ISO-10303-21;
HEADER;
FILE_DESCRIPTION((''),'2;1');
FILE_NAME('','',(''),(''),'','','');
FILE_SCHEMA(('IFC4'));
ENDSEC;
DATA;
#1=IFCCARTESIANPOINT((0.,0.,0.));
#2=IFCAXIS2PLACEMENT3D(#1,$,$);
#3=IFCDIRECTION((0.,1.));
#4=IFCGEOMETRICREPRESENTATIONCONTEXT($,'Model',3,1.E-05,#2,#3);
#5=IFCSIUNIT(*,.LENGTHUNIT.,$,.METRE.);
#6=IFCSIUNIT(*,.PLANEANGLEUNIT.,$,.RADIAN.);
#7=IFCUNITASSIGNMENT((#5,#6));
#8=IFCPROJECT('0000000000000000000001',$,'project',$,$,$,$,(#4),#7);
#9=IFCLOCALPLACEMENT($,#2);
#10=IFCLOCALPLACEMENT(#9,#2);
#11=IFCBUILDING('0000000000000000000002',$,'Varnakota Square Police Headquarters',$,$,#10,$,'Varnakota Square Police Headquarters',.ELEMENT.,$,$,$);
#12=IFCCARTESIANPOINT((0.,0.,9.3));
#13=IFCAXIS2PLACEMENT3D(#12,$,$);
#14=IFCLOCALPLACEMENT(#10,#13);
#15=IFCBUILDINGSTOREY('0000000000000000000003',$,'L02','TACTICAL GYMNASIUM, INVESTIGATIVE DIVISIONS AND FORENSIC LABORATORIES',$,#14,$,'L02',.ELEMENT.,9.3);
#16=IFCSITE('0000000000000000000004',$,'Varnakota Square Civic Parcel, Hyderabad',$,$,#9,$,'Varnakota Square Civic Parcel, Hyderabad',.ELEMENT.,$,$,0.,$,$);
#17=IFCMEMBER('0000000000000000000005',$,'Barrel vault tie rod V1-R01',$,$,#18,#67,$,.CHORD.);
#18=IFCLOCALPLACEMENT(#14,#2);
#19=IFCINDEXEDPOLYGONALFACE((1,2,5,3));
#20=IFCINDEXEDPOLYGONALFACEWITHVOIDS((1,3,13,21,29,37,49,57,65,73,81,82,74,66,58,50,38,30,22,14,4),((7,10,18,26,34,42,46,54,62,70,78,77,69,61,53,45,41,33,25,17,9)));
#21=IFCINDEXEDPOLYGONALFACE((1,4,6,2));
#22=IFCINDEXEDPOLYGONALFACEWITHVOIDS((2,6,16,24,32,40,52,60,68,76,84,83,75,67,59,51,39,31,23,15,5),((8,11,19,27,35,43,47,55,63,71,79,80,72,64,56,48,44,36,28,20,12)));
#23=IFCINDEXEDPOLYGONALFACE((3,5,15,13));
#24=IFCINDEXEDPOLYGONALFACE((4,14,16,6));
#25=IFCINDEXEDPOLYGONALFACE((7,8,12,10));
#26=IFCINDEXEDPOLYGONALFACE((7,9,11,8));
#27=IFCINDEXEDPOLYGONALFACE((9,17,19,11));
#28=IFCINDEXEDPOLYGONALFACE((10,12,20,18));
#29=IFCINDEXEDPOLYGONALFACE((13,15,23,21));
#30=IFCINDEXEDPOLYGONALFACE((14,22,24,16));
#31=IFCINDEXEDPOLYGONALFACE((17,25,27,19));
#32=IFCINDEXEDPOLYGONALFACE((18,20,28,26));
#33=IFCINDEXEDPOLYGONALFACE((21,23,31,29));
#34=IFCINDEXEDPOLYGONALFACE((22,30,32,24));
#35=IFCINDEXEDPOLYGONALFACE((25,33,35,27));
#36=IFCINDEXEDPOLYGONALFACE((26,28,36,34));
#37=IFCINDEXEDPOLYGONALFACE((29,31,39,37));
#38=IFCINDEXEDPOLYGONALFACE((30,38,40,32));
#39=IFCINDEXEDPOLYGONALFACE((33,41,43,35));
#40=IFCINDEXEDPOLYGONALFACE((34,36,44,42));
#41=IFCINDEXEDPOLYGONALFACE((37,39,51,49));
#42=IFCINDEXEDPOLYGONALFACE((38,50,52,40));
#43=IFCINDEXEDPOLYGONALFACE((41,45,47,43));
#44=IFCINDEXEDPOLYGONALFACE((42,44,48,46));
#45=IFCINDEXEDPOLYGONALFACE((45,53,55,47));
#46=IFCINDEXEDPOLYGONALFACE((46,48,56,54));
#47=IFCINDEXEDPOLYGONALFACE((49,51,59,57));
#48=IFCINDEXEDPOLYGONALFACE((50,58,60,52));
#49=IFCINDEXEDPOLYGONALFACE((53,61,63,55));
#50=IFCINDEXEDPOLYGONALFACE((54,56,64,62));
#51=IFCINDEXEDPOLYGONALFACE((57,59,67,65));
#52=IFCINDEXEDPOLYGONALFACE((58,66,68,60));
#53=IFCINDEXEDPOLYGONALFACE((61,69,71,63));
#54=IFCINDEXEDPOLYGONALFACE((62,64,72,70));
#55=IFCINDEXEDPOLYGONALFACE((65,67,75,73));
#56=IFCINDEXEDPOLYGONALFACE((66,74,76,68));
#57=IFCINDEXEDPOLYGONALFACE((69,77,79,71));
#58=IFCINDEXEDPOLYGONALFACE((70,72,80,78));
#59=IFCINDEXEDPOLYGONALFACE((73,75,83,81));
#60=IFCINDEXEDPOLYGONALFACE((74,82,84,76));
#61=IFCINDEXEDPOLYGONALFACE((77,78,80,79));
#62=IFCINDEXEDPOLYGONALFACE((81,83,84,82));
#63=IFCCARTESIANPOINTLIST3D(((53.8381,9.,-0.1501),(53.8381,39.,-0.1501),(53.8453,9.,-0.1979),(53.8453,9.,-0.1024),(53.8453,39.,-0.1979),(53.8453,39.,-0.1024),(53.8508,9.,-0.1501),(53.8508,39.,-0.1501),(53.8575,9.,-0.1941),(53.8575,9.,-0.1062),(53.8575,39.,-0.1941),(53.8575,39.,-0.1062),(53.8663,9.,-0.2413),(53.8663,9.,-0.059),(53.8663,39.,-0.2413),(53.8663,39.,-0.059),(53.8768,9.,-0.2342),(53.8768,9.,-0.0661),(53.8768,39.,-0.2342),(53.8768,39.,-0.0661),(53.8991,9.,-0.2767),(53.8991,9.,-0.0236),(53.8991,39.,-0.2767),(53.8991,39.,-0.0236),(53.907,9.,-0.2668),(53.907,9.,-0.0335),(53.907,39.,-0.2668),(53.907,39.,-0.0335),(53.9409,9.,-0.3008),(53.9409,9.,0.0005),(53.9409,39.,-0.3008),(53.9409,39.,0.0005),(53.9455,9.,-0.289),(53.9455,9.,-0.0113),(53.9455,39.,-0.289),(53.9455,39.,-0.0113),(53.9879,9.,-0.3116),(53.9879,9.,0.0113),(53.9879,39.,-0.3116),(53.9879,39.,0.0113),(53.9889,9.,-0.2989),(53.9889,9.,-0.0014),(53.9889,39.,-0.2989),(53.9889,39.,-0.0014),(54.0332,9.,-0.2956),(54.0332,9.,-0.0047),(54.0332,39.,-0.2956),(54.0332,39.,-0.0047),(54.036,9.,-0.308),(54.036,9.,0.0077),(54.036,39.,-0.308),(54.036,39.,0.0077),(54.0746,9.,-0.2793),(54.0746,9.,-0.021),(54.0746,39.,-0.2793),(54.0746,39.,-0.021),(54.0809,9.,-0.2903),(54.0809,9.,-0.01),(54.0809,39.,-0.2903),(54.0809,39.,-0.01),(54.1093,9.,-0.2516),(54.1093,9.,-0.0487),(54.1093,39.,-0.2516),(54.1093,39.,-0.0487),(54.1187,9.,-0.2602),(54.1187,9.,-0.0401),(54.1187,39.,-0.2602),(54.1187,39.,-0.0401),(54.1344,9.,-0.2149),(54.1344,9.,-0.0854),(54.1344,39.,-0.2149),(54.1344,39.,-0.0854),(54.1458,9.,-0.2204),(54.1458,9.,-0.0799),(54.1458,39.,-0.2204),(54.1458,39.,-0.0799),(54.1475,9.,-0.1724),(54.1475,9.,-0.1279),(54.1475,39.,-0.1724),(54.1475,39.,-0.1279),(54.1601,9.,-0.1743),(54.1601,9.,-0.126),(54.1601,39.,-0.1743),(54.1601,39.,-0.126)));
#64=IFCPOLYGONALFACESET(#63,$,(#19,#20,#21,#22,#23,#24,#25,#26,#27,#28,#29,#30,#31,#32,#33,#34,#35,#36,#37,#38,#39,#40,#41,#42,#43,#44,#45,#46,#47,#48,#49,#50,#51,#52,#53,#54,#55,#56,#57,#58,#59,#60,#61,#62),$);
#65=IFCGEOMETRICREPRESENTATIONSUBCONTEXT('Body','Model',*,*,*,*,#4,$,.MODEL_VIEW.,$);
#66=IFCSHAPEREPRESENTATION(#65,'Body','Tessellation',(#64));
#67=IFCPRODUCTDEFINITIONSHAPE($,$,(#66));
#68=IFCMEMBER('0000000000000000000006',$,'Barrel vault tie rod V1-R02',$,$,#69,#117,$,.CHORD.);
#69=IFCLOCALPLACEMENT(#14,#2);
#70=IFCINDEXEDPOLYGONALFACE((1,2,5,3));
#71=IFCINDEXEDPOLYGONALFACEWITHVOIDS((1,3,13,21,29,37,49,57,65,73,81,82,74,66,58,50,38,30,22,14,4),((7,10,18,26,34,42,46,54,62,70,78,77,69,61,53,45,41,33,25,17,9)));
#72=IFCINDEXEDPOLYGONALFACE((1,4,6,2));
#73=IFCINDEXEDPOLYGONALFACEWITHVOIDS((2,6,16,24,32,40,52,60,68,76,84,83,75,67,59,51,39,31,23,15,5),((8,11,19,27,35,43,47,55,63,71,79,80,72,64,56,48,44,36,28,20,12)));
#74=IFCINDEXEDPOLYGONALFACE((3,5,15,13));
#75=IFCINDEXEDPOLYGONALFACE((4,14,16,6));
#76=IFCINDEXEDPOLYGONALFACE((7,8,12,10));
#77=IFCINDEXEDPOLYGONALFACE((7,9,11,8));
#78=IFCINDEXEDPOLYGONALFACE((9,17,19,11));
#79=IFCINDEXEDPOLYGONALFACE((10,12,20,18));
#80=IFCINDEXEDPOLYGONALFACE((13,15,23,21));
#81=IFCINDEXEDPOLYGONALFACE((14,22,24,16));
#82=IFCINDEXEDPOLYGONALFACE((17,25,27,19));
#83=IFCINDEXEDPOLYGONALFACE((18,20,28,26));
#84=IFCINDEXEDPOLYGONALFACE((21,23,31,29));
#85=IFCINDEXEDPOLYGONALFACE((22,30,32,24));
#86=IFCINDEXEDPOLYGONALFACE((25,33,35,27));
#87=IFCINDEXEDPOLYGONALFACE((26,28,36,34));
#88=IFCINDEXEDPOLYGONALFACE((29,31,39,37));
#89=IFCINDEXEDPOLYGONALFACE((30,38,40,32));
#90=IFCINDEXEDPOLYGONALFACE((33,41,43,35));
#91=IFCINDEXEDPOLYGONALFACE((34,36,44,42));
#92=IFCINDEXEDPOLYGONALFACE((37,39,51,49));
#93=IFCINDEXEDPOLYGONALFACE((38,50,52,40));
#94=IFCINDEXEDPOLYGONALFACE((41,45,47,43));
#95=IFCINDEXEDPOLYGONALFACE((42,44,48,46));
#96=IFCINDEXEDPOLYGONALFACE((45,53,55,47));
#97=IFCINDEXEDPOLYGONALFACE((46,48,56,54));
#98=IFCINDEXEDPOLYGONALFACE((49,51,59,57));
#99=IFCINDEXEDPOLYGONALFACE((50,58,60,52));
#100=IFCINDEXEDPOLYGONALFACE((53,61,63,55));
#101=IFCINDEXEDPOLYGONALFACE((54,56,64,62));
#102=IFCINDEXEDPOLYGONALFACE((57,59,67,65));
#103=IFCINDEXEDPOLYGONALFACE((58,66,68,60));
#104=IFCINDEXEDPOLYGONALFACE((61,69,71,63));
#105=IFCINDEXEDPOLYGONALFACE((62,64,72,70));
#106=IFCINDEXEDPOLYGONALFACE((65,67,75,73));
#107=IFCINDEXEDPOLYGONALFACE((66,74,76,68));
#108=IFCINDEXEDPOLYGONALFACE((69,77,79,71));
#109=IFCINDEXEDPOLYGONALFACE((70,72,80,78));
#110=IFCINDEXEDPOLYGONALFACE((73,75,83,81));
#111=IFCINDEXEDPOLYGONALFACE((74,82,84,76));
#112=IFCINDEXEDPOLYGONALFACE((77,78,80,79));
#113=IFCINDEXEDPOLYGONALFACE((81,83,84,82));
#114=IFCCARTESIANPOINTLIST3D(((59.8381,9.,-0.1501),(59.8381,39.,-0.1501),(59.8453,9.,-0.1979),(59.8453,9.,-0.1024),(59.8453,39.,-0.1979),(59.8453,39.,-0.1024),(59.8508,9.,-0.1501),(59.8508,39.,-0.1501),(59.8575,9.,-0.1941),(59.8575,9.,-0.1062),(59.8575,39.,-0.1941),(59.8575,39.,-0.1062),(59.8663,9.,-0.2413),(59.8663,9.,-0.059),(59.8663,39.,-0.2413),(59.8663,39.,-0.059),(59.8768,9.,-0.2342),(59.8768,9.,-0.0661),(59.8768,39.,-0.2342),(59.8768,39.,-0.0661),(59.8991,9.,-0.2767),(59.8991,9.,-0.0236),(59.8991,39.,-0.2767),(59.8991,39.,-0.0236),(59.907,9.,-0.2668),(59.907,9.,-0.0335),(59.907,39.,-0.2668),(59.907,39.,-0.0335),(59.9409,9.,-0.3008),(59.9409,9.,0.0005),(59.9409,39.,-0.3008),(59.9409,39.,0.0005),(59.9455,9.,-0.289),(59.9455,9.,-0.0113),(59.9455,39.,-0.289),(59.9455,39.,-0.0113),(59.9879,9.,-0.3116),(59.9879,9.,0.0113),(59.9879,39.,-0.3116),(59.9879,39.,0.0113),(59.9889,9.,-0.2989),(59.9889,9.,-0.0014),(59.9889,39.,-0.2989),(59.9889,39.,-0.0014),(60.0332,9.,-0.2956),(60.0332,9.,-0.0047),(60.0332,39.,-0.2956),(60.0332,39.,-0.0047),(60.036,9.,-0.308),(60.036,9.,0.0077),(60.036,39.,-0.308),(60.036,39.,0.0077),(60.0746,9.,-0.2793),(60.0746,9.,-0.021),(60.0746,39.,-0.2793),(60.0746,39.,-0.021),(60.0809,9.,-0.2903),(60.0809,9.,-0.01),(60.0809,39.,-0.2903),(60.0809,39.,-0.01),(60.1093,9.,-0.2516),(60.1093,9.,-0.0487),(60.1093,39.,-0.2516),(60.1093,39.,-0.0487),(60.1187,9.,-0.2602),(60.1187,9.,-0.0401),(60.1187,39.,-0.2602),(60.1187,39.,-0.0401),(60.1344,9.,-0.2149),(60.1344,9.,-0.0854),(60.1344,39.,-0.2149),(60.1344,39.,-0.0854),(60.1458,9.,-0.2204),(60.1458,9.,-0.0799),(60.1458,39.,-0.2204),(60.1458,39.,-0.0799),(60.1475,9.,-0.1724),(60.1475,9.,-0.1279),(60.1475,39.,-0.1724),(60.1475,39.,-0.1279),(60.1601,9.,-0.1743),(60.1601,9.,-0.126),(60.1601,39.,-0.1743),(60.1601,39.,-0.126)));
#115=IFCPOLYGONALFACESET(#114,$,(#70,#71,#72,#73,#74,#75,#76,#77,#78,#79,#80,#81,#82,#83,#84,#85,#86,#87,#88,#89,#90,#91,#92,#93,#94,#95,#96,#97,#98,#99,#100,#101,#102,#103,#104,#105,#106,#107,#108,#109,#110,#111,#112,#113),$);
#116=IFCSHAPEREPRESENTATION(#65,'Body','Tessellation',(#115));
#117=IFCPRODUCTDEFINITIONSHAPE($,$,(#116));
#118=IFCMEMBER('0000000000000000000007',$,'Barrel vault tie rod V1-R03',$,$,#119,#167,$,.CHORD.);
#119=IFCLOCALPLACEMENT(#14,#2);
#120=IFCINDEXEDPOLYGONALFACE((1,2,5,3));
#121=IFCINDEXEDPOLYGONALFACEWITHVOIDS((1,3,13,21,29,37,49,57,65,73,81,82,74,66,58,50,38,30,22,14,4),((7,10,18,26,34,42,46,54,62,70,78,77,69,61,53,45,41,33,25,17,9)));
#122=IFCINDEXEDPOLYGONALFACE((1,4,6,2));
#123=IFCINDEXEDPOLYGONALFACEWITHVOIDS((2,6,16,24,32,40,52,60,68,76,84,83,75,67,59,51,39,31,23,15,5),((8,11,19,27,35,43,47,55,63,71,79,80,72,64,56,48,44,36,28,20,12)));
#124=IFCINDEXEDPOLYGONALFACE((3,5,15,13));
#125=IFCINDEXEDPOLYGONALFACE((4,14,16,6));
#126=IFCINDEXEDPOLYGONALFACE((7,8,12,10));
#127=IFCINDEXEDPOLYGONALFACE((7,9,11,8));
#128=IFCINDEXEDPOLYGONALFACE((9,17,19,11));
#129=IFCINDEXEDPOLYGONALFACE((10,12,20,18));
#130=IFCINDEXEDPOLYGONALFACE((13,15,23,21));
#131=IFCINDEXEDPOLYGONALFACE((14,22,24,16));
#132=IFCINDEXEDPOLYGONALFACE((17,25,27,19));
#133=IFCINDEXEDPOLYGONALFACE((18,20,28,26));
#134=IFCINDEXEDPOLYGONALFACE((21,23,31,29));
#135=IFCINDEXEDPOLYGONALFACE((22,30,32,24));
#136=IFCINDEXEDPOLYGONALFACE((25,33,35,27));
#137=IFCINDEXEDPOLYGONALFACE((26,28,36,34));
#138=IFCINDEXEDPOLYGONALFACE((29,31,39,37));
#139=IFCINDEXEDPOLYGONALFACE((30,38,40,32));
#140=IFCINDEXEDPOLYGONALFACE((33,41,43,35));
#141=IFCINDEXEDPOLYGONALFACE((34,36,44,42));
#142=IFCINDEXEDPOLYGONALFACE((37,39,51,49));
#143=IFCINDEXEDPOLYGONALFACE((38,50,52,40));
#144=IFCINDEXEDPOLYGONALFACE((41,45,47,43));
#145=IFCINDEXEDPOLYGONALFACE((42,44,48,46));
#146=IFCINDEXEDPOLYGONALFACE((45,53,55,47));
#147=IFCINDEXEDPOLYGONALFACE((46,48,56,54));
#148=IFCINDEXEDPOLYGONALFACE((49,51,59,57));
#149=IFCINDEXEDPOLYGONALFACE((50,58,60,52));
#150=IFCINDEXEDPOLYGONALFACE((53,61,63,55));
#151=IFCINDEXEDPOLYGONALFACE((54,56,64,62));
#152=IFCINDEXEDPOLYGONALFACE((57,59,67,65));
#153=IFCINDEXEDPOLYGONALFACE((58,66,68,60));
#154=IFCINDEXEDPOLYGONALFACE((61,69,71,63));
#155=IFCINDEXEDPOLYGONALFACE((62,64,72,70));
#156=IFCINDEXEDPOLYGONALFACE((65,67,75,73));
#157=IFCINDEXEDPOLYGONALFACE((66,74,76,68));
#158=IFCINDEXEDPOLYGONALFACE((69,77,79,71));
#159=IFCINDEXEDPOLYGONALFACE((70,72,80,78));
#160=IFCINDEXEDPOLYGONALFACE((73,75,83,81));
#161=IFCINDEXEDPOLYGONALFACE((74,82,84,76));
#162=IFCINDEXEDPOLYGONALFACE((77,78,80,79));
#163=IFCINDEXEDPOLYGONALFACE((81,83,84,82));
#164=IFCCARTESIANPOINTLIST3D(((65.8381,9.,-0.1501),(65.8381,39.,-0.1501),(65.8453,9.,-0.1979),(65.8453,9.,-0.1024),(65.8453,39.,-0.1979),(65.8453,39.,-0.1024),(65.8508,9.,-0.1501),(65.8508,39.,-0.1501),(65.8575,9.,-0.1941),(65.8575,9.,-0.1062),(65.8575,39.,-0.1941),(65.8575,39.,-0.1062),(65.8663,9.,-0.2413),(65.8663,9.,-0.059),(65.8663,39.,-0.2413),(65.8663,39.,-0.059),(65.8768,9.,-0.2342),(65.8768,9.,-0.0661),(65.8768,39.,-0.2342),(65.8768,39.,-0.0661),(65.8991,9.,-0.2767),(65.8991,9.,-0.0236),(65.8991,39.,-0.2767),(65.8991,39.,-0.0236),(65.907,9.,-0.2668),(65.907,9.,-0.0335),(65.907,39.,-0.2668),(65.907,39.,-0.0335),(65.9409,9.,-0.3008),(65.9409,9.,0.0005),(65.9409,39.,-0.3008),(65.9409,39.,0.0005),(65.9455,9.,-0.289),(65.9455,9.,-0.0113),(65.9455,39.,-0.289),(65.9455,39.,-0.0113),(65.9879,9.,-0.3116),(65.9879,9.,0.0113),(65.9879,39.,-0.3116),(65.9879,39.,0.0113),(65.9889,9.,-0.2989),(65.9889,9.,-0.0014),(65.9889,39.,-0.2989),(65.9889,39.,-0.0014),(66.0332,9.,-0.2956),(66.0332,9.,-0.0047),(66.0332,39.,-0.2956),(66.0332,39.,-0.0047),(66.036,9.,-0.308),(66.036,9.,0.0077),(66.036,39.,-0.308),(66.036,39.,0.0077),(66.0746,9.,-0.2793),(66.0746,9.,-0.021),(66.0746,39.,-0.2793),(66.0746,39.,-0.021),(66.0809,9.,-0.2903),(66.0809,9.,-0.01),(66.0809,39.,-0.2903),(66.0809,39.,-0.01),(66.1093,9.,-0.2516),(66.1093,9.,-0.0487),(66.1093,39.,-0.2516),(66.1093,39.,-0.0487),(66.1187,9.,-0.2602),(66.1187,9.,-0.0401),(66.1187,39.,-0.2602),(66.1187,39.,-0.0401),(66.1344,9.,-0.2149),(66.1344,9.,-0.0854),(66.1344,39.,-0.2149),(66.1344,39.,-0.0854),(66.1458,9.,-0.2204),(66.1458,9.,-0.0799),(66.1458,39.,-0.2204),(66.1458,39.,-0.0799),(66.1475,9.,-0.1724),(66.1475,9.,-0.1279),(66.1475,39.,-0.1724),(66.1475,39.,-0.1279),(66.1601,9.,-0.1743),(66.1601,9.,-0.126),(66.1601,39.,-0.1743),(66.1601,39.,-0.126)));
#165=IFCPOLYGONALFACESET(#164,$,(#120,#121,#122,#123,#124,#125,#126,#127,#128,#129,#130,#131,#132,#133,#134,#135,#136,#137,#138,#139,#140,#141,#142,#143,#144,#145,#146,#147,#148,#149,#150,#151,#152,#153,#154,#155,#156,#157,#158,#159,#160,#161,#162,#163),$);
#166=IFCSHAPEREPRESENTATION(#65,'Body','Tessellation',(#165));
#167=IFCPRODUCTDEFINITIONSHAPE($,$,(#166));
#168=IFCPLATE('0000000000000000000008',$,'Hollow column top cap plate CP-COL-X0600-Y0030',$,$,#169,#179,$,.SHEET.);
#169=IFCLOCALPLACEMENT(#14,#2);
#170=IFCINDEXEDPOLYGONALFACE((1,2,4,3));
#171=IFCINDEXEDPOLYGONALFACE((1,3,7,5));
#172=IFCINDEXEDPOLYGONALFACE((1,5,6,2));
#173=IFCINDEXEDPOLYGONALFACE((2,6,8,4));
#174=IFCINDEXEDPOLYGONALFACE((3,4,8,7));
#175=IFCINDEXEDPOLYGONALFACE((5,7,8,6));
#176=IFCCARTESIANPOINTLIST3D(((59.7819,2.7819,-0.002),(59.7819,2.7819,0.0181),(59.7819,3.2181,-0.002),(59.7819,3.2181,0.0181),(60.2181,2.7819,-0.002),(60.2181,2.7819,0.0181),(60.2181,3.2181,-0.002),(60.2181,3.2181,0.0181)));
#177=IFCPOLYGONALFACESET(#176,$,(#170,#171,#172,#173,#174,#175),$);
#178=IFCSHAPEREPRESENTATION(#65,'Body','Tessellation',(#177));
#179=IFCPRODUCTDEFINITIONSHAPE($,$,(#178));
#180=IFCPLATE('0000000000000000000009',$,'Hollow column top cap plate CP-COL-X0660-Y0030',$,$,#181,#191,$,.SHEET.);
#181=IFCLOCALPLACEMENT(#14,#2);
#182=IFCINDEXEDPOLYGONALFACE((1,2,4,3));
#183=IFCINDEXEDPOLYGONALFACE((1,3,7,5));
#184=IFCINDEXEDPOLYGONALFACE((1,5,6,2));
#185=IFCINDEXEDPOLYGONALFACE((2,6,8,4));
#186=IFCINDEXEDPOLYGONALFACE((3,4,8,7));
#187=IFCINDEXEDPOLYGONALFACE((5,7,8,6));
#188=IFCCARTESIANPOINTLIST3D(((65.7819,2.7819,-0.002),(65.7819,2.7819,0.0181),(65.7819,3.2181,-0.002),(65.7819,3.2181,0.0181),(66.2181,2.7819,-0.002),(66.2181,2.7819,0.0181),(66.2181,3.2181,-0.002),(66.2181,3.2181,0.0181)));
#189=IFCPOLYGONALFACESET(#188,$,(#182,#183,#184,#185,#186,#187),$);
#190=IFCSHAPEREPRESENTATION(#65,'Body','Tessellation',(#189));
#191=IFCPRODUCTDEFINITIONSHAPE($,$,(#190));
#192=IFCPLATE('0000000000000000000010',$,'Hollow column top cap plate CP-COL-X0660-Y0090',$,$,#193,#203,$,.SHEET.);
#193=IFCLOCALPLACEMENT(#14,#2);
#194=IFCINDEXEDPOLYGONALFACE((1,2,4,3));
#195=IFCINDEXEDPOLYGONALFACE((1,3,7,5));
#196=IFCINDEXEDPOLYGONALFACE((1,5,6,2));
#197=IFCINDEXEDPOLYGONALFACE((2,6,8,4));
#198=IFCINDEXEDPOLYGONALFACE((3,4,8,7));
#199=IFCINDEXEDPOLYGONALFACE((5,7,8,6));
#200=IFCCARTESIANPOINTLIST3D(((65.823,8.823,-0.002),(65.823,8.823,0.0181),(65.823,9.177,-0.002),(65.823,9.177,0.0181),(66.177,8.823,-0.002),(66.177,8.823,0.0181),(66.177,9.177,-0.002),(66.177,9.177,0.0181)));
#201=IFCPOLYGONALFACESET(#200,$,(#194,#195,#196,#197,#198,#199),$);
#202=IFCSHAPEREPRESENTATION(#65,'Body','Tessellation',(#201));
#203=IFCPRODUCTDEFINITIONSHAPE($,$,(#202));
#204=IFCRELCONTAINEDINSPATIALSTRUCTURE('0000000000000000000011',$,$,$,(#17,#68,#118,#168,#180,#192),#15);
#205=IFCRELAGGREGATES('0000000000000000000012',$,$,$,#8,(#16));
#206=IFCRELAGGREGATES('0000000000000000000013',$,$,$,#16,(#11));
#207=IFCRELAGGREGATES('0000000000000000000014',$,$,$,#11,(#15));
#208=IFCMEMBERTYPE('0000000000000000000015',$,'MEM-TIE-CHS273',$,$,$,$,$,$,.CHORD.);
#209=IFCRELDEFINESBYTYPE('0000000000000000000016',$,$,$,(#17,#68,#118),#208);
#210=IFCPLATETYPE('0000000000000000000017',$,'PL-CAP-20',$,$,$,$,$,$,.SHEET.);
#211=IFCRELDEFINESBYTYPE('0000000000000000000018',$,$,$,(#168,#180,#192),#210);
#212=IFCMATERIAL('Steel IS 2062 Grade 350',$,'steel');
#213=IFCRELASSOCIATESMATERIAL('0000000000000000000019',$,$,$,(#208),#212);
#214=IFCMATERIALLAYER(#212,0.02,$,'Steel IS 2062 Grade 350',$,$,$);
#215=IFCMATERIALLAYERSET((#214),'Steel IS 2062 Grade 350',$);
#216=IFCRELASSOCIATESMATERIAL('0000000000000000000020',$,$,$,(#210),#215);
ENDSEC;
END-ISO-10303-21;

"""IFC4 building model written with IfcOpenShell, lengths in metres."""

from ifc_helpers import new_model, si_unit, direction, frame, origin, origin_2d, place, context, subcontext, project, spatial, rectangle, hollow_circle, extrude, material, layer, layer_set, material_profile, profile_set, type_object, element, save


model = new_model("IFC4")

# Units and contexts
model_context = context("Model", 3, precision=1e-05, world=origin(), true_north=direction((0.0, 1.0)))
body_context = subcontext(model_context, "Body", "Model", "MODEL_VIEW")
ifc_project = project(units=[si_unit("LENGTHUNIT", "METRE"), si_unit("PLANEANGLEUNIT", "RADIAN")], contexts=[model_context])

# Site, building, storey
site_placement = place(None, origin())
site = spatial("IfcSite", under=ifc_project, at=site_placement, Name="Varnakota Square Civic Parcel, Hyderabad", LongName="Varnakota Square Civic Parcel, Hyderabad", CompositionType="ELEMENT", RefElevation=0.0)
building_placement = place(site_placement, origin())
building = spatial("IfcBuilding", under=site, at=building_placement, Name="Varnakota Square Police Headquarters", LongName="Varnakota Square Police Headquarters", CompositionType="ELEMENT")
storey_placement = place(building_placement, frame((0.0, 0.0, 9.3)))
storey = spatial("IfcBuildingStorey", under=building, at=storey_placement, Name="L02", Description="TACTICAL GYMNASIUM, INVESTIGATIVE DIVISIONS AND FORENSIC LABORATORIES", LongName="L02", CompositionType="ELEMENT", Elevation=9.3)

# Shared definitions
ifc_material_1 = material(Name="Steel IS 2062 Grade 350", Category="steel")

# Members
ifc_material_profile_1 = material_profile(ifc_material_1, hollow_circle(Radius=0.1619, WallThickness=0.0127, at=origin_2d()), Name="CHS 323.9x12.7")
ifc_profile_set_1 = profile_set([ifc_material_profile_1], Name="Steel IS 2062 Grade 350")
member_type_1 = type_object("IfcMemberType", Name="MEM-TIE-CHS273", PredefinedType="CHORD", material=ifc_profile_set_1)
for number, where, z_axis, x_axis, name in (
    (1, (54.0, 9.0, -0.1501), (0.0, 1.0, 0.0), (-1.0, 0.0, 0.0), "Barrel vault tie rod V1-R01"),
    (2, (60.0, 9.0, -0.1501), (0.0, 1.0, 0.0), (-1.0, 0.0, 0.0), "Barrel vault tie rod V1-R02"),
    (3, (66.0, 9.0, -0.1501), (0.0, 1.0, 0.0), (-1.0, 0.0, 0.0), "Barrel vault tie rod V1-R03"),
):
    element("IfcMember", number, at=place(storey_placement, frame(where, z_axis=z_axis, x_axis=x_axis)), inside=storey, type_object=member_type_1, Name=name, PredefinedType="CHORD", context=body_context, shape_type="SweptSolid", body=[
        extrude(hollow_circle(Radius=0.1619, WallThickness=0.0127, at=origin_2d()), origin(), (0.0, 0.0, 1.0), 30.0),
    ])

# Plates
ifc_layer_1 = layer(ifc_material_1, 0.02, Name="Steel IS 2062 Grade 350")
ifc_layer_set_1 = layer_set([ifc_layer_1], Name="Steel IS 2062 Grade 350")
plate_type_1 = type_object("IfcPlateType", Name="PL-CAP-20", PredefinedType="SHEET", material=ifc_layer_set_1)
for number, where, z_axis, x_axis, name in (
    (4, (60.0, 3.0, -0.002), (0.0, 0.0, 1.0), (1.0, 0.0, 0.0), "Hollow column top cap plate CP-COL-X0600-Y0030"),
    (5, (66.0, 3.0, -0.002), (0.0, 0.0, 1.0), (1.0, 0.0, 0.0), "Hollow column top cap plate CP-COL-X0660-Y0030"),
):
    element("IfcPlate", number, at=place(storey_placement, frame(where, z_axis=z_axis, x_axis=x_axis)), inside=storey, type_object=plate_type_1, Name=name, PredefinedType="SHEET", context=body_context, shape_type="SweptSolid", body=[
        extrude(rectangle(XDim=0.4363, YDim=0.4363, at=origin_2d()), origin(), (0.0, 0.0, 1.0), 0.02),
    ])
plate_placement = place(storey_placement, frame((66.0, 9.0, -0.002), z_axis=(0.0, 0.0, 1.0), x_axis=(1.0, 0.0, 0.0)))
element("IfcPlate", 6, at=plate_placement, inside=storey, type_object=plate_type_1, Name="Hollow column top cap plate CP-COL-X0660-Y0090", PredefinedType="SHEET", context=body_context, shape_type="SweptSolid", body=[
    extrude(rectangle(XDim=0.354, YDim=0.354, at=origin_2d()), origin(), (0.0, 0.0, 1.0), 0.02),
])

save(model, "model.ifc")
